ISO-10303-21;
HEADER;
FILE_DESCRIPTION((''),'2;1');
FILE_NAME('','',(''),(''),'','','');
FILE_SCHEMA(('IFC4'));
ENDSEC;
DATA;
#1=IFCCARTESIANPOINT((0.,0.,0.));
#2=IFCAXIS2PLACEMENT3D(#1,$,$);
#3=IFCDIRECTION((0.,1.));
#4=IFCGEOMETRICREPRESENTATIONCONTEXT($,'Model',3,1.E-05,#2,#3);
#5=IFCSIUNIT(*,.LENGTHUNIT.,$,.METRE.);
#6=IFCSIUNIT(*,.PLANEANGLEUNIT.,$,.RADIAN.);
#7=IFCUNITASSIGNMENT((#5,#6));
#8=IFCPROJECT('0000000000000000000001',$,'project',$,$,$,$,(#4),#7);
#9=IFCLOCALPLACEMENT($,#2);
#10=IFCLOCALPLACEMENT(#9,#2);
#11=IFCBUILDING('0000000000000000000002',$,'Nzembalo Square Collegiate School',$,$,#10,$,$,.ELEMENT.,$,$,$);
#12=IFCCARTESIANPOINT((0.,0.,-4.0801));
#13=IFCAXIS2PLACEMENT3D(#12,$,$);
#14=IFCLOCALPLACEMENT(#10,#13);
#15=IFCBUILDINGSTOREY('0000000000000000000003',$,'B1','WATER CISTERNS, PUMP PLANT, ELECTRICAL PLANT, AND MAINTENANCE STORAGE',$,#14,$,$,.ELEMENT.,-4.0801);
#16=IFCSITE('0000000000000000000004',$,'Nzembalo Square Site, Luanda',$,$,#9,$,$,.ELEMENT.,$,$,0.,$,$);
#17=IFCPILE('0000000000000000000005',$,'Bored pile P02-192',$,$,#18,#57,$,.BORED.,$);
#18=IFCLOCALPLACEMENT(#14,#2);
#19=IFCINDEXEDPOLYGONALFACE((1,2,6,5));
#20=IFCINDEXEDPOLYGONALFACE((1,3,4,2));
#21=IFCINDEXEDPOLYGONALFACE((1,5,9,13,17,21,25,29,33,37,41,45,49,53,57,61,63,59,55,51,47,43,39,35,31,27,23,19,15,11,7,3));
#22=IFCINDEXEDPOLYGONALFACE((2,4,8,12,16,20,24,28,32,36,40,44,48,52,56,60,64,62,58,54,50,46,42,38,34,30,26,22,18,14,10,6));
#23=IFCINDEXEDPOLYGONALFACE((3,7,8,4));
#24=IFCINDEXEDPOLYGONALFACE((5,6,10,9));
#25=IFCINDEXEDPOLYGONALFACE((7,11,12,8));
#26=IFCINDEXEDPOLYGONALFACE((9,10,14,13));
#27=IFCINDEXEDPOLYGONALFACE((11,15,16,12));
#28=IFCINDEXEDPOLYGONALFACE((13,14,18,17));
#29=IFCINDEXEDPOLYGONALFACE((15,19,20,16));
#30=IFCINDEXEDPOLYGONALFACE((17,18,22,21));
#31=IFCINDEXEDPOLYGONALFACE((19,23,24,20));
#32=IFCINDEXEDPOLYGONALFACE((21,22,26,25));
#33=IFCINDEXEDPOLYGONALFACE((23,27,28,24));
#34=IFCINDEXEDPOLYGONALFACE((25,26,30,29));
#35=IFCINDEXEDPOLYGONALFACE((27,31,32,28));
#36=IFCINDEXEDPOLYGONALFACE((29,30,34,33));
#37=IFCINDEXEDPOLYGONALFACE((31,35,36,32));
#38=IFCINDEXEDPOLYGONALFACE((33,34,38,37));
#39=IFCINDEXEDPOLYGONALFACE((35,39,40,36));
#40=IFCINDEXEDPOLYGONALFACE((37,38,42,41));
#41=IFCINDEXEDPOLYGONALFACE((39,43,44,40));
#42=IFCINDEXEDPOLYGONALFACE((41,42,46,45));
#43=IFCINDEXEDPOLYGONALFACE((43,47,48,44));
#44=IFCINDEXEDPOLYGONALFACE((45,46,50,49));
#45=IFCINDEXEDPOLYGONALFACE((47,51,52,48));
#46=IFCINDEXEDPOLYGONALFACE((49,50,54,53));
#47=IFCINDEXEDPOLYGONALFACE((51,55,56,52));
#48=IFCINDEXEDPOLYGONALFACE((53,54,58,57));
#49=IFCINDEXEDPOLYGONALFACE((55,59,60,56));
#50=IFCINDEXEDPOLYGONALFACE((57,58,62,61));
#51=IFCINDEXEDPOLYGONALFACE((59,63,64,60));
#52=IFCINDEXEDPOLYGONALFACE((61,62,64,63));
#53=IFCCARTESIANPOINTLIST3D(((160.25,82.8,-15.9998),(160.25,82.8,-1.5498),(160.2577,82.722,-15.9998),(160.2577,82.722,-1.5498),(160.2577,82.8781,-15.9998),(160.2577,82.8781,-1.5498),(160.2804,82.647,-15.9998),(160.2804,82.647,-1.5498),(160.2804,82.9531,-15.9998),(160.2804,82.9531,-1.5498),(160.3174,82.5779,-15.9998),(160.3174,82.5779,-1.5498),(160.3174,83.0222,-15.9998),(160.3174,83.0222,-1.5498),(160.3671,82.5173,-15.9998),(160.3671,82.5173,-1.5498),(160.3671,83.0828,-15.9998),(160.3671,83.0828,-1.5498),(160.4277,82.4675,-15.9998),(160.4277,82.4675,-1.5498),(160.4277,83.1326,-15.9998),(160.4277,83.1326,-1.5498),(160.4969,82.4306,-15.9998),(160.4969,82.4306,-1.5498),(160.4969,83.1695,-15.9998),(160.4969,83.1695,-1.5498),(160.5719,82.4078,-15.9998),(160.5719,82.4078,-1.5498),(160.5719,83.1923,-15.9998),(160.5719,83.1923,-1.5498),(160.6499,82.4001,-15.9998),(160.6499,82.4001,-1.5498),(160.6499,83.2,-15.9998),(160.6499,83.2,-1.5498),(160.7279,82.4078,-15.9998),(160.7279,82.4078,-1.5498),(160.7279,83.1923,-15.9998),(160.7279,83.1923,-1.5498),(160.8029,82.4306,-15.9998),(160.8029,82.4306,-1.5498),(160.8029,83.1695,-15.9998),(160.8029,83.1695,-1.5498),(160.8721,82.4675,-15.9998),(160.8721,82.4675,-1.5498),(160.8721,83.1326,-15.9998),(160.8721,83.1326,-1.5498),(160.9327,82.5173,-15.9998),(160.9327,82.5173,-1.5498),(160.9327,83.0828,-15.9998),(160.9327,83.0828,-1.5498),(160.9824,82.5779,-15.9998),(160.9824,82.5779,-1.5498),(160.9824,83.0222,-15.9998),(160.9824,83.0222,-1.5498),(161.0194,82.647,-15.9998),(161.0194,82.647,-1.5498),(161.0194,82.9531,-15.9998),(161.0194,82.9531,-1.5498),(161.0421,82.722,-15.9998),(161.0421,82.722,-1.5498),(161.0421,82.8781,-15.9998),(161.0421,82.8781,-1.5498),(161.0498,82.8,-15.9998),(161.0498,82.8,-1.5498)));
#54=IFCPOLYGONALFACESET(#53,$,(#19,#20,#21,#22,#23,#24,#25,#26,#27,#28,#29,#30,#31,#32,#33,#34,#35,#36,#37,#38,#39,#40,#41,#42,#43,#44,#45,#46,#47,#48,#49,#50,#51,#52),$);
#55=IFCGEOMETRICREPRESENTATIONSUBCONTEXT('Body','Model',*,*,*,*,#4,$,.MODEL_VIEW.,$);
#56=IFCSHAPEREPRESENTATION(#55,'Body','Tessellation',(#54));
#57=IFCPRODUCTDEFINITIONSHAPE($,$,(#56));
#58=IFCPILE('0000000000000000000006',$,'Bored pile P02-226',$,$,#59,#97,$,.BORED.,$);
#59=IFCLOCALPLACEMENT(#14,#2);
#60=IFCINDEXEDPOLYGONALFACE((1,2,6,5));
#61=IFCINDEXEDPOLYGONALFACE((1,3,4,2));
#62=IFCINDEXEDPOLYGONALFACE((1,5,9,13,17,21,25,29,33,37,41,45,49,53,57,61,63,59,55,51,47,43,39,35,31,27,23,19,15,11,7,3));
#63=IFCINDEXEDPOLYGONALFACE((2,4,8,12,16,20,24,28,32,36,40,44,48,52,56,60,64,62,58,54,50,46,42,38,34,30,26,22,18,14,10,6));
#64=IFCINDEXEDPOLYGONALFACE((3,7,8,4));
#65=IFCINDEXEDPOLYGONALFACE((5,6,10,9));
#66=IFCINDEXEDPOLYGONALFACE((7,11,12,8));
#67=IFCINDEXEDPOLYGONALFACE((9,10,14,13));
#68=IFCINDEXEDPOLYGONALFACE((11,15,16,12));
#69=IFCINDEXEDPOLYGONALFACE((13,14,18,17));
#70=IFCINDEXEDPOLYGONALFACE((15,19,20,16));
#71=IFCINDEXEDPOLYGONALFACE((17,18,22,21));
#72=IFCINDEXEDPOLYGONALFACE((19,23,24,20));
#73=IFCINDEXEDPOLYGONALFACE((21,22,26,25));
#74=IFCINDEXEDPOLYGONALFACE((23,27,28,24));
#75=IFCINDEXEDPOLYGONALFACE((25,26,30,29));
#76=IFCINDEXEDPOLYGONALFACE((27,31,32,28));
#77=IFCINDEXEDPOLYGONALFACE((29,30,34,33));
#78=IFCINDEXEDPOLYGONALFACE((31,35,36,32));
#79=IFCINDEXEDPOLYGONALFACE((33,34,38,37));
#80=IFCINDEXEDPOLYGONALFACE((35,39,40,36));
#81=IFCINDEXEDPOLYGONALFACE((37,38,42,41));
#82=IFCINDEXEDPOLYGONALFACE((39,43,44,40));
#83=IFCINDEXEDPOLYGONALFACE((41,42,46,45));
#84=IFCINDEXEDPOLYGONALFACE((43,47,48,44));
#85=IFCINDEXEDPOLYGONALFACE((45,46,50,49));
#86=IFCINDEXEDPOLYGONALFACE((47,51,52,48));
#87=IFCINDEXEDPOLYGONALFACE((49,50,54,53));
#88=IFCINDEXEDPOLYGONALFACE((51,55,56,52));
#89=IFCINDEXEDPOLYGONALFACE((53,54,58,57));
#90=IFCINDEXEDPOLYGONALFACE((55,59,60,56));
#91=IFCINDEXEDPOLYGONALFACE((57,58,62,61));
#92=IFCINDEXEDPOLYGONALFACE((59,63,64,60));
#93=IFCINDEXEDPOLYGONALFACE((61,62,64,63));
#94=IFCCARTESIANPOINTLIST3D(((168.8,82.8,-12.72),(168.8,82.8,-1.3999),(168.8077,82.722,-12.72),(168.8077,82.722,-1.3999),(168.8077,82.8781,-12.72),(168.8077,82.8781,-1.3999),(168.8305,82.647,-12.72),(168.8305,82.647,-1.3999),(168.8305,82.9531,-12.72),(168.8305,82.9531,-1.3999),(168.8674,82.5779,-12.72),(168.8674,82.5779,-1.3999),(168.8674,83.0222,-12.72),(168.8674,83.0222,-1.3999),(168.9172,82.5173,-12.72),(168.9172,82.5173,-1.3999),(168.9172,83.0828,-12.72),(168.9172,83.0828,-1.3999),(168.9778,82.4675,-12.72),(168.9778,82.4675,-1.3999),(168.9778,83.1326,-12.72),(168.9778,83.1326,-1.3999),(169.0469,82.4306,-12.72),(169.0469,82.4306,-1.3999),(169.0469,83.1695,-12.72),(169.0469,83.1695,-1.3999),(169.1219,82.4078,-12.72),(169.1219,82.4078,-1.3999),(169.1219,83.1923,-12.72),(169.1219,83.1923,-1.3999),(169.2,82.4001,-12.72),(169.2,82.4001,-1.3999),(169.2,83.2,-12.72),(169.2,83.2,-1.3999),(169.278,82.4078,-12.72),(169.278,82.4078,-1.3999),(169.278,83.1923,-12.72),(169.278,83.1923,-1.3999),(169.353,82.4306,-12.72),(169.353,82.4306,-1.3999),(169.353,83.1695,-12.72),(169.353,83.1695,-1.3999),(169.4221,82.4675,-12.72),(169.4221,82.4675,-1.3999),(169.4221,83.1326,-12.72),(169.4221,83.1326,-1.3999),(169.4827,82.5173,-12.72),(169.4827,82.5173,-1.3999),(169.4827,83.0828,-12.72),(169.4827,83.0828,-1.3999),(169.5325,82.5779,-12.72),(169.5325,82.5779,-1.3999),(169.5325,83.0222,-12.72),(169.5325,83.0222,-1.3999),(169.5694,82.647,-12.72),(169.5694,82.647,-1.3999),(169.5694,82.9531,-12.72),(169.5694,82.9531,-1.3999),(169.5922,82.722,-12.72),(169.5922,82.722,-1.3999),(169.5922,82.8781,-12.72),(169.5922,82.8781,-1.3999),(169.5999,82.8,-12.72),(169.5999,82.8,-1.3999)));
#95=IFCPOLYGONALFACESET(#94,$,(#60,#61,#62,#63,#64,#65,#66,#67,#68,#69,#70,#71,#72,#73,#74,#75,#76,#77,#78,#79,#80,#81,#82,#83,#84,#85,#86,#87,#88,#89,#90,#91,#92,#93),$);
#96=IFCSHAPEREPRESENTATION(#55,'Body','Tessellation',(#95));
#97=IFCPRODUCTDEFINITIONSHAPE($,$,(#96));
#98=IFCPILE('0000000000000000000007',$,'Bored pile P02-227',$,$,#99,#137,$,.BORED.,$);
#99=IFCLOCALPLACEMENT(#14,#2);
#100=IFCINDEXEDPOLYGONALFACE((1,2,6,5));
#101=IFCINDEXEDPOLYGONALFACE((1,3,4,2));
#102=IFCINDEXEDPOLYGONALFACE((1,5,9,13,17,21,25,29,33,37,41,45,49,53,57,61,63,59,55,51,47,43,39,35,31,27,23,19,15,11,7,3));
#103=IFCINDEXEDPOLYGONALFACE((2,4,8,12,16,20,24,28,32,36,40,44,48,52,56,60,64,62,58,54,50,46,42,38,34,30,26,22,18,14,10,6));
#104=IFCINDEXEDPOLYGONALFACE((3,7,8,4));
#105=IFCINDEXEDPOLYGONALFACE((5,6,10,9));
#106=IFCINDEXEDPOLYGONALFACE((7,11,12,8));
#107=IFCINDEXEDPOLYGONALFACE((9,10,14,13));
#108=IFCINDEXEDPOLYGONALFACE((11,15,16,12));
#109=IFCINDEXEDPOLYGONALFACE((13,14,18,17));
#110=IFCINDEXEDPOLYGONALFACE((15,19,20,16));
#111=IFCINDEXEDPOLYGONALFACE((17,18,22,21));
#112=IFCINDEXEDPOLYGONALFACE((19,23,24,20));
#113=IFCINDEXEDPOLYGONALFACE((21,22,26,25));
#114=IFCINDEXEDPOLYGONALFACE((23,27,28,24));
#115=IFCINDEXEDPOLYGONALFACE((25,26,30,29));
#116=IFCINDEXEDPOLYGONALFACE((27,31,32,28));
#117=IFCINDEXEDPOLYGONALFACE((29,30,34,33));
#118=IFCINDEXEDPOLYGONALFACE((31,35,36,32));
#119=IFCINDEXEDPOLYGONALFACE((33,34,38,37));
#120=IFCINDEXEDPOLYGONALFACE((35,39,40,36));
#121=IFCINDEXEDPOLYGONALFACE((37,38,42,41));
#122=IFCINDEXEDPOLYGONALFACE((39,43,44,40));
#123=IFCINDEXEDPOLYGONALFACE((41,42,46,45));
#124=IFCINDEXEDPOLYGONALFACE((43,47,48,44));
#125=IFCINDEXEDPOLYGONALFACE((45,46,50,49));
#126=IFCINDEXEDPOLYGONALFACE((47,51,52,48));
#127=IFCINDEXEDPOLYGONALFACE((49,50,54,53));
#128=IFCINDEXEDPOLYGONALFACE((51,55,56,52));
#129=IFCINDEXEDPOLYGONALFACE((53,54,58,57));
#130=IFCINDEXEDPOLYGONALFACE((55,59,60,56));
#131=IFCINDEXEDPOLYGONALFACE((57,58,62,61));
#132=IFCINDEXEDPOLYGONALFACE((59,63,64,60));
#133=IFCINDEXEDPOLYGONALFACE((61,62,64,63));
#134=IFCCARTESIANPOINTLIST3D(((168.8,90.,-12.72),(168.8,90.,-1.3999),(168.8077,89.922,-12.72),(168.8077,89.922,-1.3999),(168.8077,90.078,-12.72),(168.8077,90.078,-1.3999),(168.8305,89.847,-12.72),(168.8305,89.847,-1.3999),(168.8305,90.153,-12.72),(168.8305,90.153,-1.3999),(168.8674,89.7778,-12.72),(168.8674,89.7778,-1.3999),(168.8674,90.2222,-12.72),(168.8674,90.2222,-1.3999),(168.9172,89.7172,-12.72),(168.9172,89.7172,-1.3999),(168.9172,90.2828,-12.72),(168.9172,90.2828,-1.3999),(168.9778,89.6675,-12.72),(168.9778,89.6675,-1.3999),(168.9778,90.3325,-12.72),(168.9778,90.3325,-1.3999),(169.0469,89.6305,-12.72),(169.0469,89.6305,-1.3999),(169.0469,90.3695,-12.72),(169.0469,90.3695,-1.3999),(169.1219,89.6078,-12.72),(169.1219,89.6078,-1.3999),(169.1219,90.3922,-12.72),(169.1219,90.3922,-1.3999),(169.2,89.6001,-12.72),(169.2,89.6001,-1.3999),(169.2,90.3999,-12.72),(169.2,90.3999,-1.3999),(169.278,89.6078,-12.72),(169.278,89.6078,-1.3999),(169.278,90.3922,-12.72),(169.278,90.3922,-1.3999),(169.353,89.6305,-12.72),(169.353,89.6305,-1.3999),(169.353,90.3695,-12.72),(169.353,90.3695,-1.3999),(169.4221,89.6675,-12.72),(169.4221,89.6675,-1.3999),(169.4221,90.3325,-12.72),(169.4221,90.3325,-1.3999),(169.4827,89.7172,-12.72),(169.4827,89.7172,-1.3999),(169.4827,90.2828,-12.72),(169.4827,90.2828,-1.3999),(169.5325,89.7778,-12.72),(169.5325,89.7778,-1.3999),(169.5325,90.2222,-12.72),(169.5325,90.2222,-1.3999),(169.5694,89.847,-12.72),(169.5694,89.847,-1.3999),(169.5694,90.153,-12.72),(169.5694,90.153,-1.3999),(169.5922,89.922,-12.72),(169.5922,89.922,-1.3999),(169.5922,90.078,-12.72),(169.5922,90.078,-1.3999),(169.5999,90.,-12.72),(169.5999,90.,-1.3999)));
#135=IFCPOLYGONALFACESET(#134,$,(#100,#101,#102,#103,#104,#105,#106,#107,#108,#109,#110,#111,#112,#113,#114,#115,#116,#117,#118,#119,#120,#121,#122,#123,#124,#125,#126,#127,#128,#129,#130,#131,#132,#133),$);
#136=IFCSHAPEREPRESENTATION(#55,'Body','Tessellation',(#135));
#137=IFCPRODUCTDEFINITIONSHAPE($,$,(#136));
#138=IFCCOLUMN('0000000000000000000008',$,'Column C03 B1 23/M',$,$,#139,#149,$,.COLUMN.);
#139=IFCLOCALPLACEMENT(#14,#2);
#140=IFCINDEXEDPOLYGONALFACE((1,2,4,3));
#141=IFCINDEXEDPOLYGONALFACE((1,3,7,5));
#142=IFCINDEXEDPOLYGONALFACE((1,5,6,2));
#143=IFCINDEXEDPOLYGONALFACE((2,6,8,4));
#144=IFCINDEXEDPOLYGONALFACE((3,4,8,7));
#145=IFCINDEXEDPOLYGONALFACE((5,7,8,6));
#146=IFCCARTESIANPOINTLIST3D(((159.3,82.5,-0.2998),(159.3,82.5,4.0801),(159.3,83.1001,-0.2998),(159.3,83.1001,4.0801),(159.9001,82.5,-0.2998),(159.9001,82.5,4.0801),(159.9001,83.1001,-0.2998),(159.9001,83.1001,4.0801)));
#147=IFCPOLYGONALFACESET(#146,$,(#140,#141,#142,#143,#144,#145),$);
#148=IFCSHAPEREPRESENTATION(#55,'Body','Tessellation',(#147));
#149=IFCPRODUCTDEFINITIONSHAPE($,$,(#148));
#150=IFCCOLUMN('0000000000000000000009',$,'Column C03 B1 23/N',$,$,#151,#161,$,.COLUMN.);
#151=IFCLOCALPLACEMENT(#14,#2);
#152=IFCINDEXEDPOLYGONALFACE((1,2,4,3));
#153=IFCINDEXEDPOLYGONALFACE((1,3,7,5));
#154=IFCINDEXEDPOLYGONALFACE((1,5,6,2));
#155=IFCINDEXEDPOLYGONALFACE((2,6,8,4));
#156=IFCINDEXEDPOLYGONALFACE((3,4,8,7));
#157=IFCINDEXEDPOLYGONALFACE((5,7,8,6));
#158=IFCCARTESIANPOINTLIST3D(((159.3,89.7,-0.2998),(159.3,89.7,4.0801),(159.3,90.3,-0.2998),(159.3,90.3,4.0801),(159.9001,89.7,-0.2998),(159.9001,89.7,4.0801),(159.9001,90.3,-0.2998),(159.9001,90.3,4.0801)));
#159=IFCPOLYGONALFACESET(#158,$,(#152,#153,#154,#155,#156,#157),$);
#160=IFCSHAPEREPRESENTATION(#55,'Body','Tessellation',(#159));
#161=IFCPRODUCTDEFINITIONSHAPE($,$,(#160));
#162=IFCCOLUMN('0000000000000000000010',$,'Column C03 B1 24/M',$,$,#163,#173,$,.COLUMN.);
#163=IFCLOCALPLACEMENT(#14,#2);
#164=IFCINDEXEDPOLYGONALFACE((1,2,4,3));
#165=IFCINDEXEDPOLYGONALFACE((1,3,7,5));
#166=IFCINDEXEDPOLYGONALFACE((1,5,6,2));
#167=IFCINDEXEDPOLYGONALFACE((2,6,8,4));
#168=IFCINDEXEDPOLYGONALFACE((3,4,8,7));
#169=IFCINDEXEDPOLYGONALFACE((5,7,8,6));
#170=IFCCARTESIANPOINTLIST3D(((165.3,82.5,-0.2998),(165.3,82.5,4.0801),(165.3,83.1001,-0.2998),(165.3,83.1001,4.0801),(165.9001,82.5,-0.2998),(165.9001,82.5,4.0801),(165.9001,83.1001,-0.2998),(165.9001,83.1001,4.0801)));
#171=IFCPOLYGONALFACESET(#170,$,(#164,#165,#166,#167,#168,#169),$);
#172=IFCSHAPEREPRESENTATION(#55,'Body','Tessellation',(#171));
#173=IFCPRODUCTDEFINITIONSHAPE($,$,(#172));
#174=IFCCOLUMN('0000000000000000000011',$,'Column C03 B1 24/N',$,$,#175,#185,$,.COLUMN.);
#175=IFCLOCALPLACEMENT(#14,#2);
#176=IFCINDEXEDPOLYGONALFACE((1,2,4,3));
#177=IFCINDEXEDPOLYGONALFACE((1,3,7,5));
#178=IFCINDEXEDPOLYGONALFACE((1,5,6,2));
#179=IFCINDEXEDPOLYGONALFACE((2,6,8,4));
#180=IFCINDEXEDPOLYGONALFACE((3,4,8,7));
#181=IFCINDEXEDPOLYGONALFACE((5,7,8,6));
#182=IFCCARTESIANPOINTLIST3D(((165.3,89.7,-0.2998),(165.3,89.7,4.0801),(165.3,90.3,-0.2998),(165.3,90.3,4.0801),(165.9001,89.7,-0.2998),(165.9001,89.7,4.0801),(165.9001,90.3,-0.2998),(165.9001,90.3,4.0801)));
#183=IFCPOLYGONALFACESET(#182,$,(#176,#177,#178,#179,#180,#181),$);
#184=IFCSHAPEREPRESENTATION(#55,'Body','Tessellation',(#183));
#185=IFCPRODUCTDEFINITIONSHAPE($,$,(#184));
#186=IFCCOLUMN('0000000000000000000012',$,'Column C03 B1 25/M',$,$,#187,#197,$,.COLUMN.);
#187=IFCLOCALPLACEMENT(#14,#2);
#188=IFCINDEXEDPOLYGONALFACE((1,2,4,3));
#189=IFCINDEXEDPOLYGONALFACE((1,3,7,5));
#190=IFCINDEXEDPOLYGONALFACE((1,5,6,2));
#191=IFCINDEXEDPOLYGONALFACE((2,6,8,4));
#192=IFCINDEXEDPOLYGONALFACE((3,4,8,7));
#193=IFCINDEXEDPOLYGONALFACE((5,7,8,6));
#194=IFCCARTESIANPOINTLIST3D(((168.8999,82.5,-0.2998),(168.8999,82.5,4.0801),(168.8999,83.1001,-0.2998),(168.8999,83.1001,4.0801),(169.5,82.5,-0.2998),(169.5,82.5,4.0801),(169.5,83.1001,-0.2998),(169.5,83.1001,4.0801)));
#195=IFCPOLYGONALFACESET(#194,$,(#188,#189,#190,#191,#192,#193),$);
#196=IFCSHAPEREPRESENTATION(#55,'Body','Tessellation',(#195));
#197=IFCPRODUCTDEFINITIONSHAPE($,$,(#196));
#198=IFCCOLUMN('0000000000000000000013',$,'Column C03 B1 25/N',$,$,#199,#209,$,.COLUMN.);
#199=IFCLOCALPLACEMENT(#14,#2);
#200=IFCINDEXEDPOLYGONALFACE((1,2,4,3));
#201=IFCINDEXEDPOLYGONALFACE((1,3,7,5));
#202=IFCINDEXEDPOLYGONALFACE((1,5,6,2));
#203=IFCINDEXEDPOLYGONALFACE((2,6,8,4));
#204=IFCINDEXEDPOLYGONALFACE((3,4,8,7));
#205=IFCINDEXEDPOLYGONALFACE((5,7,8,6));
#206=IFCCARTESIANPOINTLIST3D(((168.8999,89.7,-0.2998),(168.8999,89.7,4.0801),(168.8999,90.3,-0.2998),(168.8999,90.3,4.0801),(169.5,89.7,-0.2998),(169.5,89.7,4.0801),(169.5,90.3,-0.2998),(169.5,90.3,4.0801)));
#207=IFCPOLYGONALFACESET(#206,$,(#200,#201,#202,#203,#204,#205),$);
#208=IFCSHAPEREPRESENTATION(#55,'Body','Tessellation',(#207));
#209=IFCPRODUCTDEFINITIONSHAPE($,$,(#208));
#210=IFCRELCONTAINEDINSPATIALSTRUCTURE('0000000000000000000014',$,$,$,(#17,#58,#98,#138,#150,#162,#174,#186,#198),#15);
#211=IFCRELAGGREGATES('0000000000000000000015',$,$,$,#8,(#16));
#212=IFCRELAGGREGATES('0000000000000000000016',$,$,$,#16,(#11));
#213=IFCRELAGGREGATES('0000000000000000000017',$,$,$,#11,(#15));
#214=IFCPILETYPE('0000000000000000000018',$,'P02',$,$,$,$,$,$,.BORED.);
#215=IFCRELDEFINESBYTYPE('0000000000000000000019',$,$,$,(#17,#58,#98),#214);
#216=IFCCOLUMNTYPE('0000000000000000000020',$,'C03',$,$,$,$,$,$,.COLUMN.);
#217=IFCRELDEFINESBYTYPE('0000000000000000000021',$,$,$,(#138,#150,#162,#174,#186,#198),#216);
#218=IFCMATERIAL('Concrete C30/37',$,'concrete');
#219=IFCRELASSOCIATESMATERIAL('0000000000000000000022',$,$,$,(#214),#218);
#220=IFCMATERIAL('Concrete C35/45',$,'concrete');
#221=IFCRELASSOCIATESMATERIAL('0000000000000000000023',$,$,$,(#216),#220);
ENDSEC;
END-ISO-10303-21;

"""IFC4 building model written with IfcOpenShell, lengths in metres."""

from ifc_helpers import new_model, si_unit, direction, frame, origin, origin_2d, place, context, subcontext, project, spatial, rectangle, circle, extrude, material, material_profile, profile_set, type_object, element, save


model = new_model("IFC4")

# Units and contexts
model_context = context("Model", 3, precision=1e-05, world=origin(), true_north=direction((0.0, 1.0)))
body_context = subcontext(model_context, "Body", "Model", "MODEL_VIEW")
ifc_project = project(units=[si_unit("LENGTHUNIT", "METRE"), si_unit("PLANEANGLEUNIT", "RADIAN")], contexts=[model_context])

# Site, building, storey
site_placement = place(None, origin())
site = spatial("IfcSite", under=ifc_project, at=site_placement, Name="Nzembalo Square Site, Luanda", CompositionType="ELEMENT", RefElevation=0.0)
building_placement = place(site_placement, origin())
building = spatial("IfcBuilding", under=site, at=building_placement, Name="Nzembalo Square Collegiate School", CompositionType="ELEMENT")
storey_placement = place(building_placement, frame((0.0, 0.0, -4.0801)))
storey = spatial("IfcBuildingStorey", under=building, at=storey_placement, Name="B1", Description="WATER CISTERNS, PUMP PLANT, ELECTRICAL PLANT, AND MAINTENANCE STORAGE", CompositionType="ELEMENT", Elevation=-4.0801)

# Piles
ifc_material_1 = material(Name="Concrete C30/37", Category="concrete")
ifc_material_profile_1 = material_profile(ifc_material_1, circle(Radius=0.3999, at=origin_2d()), Name="PILE D800")
ifc_profile_set_1 = profile_set([ifc_material_profile_1], Name="Concrete C30/37")
pile_type_1 = type_object("IfcPileType", Name="P02", PredefinedType="BORED", material=ifc_profile_set_1)
pile_placement = place(storey_placement, frame((160.6499, 82.8, -1.5498), z_axis=(0.0, 0.0, -1.0), x_axis=(1.0, 0.0, 0.0)))
element("IfcPile", 1, at=pile_placement, inside=storey, type_object=pile_type_1, Name="Bored pile P02-192", PredefinedType="BORED", context=body_context, shape_type="SweptSolid", body=[
    extrude(circle(Radius=0.3999, at=origin_2d()), origin(), (0.0, 0.0, 1.0), 14.45),
])
for number, where, z_axis, x_axis, name in (
    (2, (169.2, 82.8, -1.3999), (0.0, 0.0, -1.0), (1.0, 0.0, 0.0), "Bored pile P02-226"),
    (3, (169.2, 90.0, -1.3999), (0.0, 0.0, -1.0), (1.0, 0.0, 0.0), "Bored pile P02-227"),
):
    element("IfcPile", number, at=place(storey_placement, frame(where, z_axis=z_axis, x_axis=x_axis)), inside=storey, type_object=pile_type_1, Name=name, PredefinedType="BORED", context=body_context, shape_type="SweptSolid", body=[
        extrude(circle(Radius=0.3999, at=origin_2d()), origin(), (0.0, 0.0, 1.0), 11.3201),
    ])

# Columns
ifc_material_2 = material(Name="Concrete C35/45", Category="concrete")
ifc_material_profile_2 = material_profile(ifc_material_2, rectangle(XDim=0.6001, YDim=0.6001, at=origin_2d()), Name="RC 600x600")
ifc_profile_set_2 = profile_set([ifc_material_profile_2], Name="Concrete C35/45")
column_type = type_object("IfcColumnType", Name="C03", PredefinedType="COLUMN", material=ifc_profile_set_2)
for number, where, z_axis, x_axis, name in (
    (4, (159.6001, 82.8, -0.2998), (0.0, 0.0, 1.0), (1.0, 0.0, 0.0), "Column C03 B1 23/M"),
    (5, (159.6001, 90.0, -0.2998), (0.0, 0.0, 1.0), (1.0, 0.0, 0.0), "Column C03 B1 23/N"),
    (6, (165.6001, 82.8, -0.2998), (0.0, 0.0, 1.0), (1.0, 0.0, 0.0), "Column C03 B1 24/M"),
    (7, (165.6001, 90.0, -0.2998), (0.0, 0.0, 1.0), (1.0, 0.0, 0.0), "Column C03 B1 24/N"),
    (8, (169.2, 82.8, -0.2998), (0.0, 0.0, 1.0), (1.0, 0.0, 0.0), "Column C03 B1 25/M"),
    (9, (169.2, 90.0, -0.2998), (0.0, 0.0, 1.0), (1.0, 0.0, 0.0), "Column C03 B1 25/N"),
):
    element("IfcColumn", number, at=place(storey_placement, frame(where, z_axis=z_axis, x_axis=x_axis)), inside=storey, type_object=column_type, Name=name, PredefinedType="COLUMN", context=body_context, shape_type="SweptSolid", body=[
        extrude(rectangle(XDim=0.6001, YDim=0.6001, at=origin_2d()), origin(), (0.0, 0.0, 1.0), 4.3799),
    ])

save(model, "model.ifc")
